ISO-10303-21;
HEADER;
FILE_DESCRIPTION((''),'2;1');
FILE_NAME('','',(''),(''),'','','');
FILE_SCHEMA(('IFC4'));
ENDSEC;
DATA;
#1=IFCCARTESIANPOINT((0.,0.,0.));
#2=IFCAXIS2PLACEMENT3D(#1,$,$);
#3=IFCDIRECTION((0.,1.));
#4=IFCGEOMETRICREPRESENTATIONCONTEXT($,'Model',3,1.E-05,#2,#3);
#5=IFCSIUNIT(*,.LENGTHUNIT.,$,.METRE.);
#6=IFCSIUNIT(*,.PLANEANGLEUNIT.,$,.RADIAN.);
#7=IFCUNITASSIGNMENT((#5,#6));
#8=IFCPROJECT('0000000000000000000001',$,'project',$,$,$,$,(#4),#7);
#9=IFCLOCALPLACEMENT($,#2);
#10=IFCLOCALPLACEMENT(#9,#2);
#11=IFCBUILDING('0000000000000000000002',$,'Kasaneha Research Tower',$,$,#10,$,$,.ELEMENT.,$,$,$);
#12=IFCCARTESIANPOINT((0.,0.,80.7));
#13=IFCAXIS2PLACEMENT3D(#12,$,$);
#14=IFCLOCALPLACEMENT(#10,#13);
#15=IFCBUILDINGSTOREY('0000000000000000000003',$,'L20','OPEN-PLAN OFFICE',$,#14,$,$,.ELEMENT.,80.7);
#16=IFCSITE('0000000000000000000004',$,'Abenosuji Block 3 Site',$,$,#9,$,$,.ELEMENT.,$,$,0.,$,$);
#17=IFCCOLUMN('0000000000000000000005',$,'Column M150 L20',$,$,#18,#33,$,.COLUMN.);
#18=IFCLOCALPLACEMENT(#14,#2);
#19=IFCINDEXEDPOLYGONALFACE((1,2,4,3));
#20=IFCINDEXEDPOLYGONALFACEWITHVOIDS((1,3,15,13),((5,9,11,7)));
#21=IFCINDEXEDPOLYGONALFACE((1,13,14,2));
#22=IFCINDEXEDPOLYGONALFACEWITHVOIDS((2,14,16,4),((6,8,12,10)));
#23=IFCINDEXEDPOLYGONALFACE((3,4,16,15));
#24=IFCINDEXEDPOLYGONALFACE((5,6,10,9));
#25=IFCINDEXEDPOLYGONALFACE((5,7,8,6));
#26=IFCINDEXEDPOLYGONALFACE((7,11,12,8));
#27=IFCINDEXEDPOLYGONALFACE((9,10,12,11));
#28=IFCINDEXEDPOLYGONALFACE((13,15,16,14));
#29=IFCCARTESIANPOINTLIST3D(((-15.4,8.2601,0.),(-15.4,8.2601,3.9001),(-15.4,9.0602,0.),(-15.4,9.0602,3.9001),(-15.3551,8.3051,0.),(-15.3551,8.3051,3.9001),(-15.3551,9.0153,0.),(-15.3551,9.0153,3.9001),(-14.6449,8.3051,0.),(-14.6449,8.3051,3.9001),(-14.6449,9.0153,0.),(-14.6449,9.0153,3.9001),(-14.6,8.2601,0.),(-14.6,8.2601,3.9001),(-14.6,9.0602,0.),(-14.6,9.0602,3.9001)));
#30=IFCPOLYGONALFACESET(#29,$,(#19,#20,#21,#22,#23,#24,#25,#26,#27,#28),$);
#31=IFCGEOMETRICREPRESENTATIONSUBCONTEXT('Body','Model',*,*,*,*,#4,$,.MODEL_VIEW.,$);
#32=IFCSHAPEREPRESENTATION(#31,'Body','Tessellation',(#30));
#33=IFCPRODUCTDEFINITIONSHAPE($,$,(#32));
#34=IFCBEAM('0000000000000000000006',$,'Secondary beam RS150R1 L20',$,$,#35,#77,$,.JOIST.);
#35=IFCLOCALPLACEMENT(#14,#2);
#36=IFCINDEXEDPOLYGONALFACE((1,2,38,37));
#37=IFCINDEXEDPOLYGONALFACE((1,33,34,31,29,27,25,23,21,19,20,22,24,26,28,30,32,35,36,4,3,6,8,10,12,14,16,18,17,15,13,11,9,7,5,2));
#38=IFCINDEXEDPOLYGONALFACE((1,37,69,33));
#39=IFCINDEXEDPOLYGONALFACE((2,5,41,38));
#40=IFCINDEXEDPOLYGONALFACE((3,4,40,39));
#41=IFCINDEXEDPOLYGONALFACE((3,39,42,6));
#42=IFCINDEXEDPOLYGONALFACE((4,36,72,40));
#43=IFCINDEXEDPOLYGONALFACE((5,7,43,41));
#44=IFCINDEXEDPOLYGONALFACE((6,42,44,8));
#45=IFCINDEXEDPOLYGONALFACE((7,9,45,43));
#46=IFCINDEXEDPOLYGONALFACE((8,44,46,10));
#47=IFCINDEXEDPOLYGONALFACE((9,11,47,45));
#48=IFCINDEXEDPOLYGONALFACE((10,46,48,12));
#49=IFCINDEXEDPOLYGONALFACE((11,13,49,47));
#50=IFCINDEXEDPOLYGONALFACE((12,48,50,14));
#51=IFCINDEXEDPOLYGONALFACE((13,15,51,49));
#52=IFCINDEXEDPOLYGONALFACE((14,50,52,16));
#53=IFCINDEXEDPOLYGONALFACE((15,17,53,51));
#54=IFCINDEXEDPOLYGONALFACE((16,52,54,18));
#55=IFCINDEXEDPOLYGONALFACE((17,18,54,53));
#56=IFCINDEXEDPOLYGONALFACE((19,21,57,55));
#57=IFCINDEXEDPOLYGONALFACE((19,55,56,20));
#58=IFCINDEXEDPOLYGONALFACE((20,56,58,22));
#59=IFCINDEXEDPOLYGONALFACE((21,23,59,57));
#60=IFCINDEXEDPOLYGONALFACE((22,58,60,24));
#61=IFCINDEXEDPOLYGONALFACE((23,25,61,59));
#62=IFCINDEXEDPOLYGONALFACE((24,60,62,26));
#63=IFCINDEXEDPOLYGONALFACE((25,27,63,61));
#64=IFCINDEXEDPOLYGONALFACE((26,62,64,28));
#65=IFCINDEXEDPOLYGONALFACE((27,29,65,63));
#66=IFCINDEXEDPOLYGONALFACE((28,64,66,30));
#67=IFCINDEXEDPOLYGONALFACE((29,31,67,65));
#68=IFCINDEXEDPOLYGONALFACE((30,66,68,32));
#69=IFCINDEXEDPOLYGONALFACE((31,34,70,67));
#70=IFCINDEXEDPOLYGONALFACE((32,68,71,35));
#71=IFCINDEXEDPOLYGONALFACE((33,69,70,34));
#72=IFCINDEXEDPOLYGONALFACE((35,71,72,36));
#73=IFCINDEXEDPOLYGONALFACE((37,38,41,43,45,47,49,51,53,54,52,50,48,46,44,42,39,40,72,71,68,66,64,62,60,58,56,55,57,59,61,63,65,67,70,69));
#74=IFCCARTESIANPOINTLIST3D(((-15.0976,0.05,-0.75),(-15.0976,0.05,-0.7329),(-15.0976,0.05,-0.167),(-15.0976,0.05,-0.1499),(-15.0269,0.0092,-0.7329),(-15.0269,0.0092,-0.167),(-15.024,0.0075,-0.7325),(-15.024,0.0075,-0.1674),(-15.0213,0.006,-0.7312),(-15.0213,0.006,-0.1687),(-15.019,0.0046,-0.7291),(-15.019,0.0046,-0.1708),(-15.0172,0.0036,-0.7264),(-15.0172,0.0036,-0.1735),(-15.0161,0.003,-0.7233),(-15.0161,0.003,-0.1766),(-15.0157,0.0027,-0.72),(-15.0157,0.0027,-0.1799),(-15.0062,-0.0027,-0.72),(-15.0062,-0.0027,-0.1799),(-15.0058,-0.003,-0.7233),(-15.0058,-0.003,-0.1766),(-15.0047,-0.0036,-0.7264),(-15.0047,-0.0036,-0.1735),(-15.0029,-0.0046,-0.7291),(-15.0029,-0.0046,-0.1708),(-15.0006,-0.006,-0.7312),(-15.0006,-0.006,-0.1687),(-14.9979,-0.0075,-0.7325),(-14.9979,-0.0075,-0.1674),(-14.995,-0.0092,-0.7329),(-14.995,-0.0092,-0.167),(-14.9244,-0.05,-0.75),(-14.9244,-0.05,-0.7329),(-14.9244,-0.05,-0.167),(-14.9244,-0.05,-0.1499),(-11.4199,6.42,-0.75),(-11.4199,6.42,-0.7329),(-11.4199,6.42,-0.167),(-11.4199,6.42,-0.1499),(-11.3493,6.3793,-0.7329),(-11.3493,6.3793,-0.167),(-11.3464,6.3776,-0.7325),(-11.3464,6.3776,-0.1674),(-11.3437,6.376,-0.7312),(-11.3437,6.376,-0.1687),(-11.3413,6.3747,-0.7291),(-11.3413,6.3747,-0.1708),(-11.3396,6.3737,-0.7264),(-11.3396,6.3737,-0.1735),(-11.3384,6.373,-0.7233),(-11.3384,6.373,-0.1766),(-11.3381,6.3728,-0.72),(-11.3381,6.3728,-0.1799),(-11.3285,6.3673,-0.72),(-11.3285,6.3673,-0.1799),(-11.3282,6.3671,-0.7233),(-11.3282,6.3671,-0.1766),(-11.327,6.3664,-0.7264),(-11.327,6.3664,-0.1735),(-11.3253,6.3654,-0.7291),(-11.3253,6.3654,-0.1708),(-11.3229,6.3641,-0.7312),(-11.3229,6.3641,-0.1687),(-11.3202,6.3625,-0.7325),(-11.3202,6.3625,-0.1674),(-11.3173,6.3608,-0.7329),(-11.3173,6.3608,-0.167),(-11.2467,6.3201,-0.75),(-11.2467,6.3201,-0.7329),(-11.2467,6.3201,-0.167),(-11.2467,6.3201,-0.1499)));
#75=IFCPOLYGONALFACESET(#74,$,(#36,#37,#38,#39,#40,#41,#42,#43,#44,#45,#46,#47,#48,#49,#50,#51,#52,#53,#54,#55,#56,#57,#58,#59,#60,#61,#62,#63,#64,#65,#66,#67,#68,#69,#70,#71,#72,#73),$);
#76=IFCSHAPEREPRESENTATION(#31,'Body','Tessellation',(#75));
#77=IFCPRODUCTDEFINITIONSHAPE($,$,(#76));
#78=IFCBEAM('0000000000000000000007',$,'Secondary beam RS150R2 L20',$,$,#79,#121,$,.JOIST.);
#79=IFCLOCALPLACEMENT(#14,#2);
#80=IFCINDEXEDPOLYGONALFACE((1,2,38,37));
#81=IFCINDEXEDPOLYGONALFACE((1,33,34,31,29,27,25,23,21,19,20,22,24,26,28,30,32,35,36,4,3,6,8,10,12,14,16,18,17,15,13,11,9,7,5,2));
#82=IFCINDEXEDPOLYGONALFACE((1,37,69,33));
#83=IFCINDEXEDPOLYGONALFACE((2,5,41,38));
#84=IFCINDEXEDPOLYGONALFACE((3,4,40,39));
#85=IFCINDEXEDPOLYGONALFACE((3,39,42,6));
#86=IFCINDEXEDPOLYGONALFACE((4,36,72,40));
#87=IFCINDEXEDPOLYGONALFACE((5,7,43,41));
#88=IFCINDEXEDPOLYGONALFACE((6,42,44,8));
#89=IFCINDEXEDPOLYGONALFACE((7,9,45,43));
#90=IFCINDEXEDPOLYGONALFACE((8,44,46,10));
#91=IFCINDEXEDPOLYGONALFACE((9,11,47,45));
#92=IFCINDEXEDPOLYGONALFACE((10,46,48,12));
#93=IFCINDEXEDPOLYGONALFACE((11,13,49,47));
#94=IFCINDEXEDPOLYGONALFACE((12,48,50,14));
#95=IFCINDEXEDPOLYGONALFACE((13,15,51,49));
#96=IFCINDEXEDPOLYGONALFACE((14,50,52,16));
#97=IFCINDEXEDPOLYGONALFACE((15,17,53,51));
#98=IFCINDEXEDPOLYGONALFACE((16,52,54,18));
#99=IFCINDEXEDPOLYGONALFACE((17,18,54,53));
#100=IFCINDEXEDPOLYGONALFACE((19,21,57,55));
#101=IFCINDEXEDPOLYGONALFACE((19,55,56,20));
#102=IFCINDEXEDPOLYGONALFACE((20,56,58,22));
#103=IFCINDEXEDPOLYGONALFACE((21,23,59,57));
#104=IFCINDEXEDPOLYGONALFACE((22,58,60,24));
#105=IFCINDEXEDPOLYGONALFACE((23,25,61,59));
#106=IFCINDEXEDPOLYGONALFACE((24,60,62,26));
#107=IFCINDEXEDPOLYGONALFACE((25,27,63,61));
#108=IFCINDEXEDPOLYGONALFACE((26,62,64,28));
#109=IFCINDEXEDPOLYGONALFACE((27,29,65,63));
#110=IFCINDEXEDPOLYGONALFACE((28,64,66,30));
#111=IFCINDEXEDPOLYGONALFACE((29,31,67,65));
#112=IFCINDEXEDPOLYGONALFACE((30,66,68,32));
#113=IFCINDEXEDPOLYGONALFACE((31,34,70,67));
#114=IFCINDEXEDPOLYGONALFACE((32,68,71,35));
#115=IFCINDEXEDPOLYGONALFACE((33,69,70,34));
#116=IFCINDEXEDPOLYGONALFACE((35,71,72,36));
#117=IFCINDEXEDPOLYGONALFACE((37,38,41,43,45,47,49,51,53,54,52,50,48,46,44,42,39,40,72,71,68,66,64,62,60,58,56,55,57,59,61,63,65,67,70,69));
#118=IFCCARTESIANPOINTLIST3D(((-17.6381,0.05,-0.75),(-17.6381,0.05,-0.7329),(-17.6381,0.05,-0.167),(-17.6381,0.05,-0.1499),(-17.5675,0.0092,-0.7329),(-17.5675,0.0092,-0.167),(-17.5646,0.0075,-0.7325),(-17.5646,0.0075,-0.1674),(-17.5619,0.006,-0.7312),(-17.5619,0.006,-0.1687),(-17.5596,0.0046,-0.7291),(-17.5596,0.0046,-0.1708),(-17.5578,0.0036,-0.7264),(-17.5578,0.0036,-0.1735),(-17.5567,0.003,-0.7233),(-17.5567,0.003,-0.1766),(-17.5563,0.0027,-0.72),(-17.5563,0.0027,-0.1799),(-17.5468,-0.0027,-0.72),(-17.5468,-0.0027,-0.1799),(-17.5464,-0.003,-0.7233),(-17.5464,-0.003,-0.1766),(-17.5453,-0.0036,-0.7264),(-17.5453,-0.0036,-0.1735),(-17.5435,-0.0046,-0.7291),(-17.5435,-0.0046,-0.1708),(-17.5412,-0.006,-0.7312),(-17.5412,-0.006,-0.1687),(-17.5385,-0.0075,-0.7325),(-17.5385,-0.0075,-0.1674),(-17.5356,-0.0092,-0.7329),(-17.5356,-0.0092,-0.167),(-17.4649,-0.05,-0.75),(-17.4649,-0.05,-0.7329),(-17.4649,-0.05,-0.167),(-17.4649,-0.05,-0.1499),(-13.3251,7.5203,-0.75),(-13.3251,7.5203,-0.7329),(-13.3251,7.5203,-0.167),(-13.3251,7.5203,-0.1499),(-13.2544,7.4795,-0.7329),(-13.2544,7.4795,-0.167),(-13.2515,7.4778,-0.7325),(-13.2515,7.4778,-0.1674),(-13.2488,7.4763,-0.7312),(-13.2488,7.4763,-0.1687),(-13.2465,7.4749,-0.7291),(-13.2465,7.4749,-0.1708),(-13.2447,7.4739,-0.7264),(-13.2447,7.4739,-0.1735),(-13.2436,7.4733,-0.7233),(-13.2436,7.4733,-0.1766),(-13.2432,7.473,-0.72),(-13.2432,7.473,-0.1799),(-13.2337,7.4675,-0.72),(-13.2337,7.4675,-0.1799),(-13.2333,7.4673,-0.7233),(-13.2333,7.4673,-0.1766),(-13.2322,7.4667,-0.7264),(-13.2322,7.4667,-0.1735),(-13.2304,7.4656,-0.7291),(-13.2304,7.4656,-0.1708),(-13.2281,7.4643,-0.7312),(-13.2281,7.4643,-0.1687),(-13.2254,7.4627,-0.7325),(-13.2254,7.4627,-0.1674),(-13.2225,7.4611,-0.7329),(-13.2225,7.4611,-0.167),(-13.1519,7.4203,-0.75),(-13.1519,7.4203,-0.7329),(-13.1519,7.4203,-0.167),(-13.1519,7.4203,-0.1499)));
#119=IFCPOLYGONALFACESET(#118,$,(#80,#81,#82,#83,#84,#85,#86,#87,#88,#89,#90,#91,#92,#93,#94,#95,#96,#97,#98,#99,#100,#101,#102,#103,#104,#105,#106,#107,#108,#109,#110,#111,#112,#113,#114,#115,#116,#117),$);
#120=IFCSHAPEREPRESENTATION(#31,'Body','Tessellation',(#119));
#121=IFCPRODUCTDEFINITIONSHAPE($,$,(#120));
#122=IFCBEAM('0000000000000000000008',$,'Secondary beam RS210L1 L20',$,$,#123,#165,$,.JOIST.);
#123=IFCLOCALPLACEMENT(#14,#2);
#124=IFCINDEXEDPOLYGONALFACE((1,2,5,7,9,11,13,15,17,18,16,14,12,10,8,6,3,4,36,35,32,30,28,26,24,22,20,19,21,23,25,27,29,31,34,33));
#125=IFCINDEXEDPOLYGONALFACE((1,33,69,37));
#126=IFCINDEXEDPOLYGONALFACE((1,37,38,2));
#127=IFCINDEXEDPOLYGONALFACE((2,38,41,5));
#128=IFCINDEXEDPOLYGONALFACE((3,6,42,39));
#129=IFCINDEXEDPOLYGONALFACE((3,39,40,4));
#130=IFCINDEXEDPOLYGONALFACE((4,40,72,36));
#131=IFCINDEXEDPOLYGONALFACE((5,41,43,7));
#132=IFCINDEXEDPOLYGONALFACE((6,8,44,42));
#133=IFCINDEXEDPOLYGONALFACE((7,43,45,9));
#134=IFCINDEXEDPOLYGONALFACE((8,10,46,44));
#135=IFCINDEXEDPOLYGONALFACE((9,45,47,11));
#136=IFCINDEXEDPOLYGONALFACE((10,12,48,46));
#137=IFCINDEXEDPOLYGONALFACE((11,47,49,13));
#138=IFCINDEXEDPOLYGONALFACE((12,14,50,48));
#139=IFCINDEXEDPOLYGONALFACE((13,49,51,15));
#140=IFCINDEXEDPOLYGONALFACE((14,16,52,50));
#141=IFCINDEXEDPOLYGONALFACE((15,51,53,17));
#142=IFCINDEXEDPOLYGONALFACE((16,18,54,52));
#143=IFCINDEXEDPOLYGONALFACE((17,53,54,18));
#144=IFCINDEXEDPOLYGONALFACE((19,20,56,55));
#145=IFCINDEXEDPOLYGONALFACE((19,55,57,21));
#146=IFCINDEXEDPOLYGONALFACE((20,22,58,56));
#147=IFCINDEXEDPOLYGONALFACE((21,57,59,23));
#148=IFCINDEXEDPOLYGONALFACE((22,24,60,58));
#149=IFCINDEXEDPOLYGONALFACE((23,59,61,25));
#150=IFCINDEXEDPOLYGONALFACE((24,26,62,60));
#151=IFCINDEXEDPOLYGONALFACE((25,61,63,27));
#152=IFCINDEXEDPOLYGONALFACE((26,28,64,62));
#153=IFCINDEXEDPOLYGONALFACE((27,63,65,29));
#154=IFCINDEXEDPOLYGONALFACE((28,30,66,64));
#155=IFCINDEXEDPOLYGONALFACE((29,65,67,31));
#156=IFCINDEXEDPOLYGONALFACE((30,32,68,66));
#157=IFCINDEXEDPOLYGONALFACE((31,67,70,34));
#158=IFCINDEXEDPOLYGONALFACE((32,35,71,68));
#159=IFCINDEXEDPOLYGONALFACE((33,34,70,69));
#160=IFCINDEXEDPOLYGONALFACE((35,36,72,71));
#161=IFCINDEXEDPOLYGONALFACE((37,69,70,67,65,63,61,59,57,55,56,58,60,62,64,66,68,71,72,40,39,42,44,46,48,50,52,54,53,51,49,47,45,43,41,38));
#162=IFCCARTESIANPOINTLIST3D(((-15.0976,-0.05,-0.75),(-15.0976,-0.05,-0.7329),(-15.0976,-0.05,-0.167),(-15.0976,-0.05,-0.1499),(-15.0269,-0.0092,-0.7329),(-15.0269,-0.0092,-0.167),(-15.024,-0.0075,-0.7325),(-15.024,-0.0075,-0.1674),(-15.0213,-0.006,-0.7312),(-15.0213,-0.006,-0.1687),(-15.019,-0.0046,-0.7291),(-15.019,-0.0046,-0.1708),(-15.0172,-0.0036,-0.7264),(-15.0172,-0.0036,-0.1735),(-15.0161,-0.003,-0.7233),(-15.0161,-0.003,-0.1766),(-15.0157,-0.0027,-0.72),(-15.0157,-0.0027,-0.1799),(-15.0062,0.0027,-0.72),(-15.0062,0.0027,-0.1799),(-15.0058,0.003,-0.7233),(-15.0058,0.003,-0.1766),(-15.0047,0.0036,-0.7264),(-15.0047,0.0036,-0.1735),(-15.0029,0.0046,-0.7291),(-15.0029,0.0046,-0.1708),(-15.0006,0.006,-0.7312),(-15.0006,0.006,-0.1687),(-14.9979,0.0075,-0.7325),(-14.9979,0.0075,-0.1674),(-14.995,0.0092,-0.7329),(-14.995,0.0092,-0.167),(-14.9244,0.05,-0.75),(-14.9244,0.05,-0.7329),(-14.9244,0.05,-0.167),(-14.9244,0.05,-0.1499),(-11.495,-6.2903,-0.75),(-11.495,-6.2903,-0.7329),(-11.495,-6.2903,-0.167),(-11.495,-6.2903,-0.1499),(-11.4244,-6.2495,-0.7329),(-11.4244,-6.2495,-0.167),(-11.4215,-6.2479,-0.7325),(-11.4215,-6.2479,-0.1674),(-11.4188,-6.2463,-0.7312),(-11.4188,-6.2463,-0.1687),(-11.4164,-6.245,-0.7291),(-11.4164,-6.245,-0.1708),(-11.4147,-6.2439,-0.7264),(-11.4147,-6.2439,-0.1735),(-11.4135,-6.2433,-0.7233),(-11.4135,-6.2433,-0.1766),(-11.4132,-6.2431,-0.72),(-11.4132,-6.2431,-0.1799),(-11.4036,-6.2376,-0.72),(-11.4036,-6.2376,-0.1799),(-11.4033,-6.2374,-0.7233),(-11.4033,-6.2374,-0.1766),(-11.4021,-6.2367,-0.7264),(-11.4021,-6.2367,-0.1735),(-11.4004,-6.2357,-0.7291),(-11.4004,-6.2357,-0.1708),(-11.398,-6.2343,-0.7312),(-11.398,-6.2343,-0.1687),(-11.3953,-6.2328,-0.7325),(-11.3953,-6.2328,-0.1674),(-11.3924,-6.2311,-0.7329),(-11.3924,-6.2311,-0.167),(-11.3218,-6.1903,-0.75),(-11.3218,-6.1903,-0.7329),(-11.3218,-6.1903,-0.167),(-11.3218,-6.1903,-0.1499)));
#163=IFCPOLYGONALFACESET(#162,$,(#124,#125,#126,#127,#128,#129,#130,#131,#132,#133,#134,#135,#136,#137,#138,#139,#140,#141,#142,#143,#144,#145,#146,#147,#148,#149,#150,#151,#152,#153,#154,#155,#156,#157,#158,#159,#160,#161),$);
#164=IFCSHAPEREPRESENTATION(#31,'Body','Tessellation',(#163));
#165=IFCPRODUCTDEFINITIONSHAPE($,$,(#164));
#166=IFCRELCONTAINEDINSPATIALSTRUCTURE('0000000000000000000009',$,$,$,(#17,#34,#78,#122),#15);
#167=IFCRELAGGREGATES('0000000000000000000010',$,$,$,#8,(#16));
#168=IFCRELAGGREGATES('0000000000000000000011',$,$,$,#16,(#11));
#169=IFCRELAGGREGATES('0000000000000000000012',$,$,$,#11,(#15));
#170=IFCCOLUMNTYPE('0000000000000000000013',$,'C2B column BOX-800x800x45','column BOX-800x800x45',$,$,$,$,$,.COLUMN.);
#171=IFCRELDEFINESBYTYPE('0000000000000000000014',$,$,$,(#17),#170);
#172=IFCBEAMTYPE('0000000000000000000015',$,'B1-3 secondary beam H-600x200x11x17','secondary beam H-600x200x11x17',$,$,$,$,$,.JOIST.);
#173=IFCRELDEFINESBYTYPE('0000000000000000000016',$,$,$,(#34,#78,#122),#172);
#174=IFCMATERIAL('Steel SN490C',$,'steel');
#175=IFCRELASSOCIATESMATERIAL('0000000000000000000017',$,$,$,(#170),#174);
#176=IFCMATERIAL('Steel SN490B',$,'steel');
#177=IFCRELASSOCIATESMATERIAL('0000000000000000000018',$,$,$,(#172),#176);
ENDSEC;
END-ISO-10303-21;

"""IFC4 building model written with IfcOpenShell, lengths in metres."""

from ifc_helpers import new_model, si_unit, direction, frame, origin, origin_2d, place, context, subcontext, project, spatial, hollow_rectangle, i_section, extrude, material, material_profile, profile_set, type_object, element, save


model = new_model("IFC4")

# Units and contexts
model_context = context("Model", 3, precision=1e-05, world=origin(), true_north=direction((0.0, 1.0)))
body_context = subcontext(model_context, "Body", "Model", "MODEL_VIEW")
ifc_project = project(units=[si_unit("LENGTHUNIT", "METRE"), si_unit("PLANEANGLEUNIT", "RADIAN")], contexts=[model_context])

# Site, building, storey
site_placement = place(None, origin())
site = spatial("IfcSite", under=ifc_project, at=site_placement, Name="Abenosuji Block 3 Site", CompositionType="ELEMENT", RefElevation=0.0)
building_placement = place(site_placement, origin())
building = spatial("IfcBuilding", under=site, at=building_placement, Name="Kasaneha Research Tower", CompositionType="ELEMENT")
storey_placement = place(building_placement, frame((0.0, 0.0, 80.7)))
storey = spatial("IfcBuildingStorey", under=building, at=storey_placement, Name="L20", Description="OPEN-PLAN OFFICE", CompositionType="ELEMENT", Elevation=80.7)

# Column
ifc_material_1 = material(Name="Steel SN490C", Category="steel")
ifc_material_profile_1 = material_profile(ifc_material_1, hollow_rectangle(XDim=0.8, YDim=0.8, WallThickness=0.0449, at=origin_2d()), Name="BOX-800x800x45")
ifc_profile_set_1 = profile_set([ifc_material_profile_1], Name="Steel SN490C")
column_type = type_object("IfcColumnType", Name="C2B column BOX-800x800x45", Description="column BOX-800x800x45", PredefinedType="COLUMN", material=ifc_profile_set_1)
column_placement = place(storey_placement, frame((-15.0, 8.6602, 0.0), z_axis=(0.0, 0.0, 1.0), x_axis=(1.0, 0.0, 0.0)))
element("IfcColumn", 1, at=column_placement, inside=storey, type_object=column_type, Name="Column M150 L20", PredefinedType="COLUMN", context=body_context, shape_type="SweptSolid", body=[
    extrude(hollow_rectangle(XDim=0.8, YDim=0.8, WallThickness=0.0449, at=origin_2d()), origin(), (0.0, 0.0, 1.0), 3.9001),
])

# Beams
ifc_material_2 = material(Name="Steel SN490B", Category="steel")
ifc_material_profile_2 = material_profile(ifc_material_2, i_section(OverallWidth=0.2, OverallDepth=0.6001, WebThickness=0.011, FlangeThickness=0.0171, FilletRadius=0.0129, at=origin_2d()), Name="H-600x200x11x17")
ifc_profile_set_2 = profile_set([ifc_material_profile_2], Name="Steel SN490B")
beam_type_1 = type_object("IfcBeamType", Name="B1-3 secondary beam H-600x200x11x17", Description="secondary beam H-600x200x11x17", PredefinedType="JOIST", material=ifc_profile_set_2)
beam_1_placement = place(storey_placement, frame((-15.011, 0.0, -0.45), z_axis=(0.499994, 0.866029, 0.0), x_axis=(-0.866029, 0.499994, 0.0)))
element("IfcBeam", 2, at=beam_1_placement, inside=storey, type_object=beam_type_1, Name="Secondary beam RS150R1 L20", PredefinedType="JOIST", context=body_context, shape_type="SweptSolid", body=[
    extrude(i_section(OverallWidth=0.2, OverallDepth=0.6001, WebThickness=0.011, FlangeThickness=0.0171, FilletRadius=0.0129, at=origin_2d()), origin(), (0.0, 0.0, 1.0), 7.3555),
])
beam_2_placement = place(storey_placement, frame((-17.5515, 0.0, -0.45), z_axis=(0.500005, 0.866023, 0.0), x_axis=(-0.866023, 0.500005, 0.0)))
element("IfcBeam", 3, at=beam_2_placement, inside=storey, type_object=beam_type_1, Name="Secondary beam RS150R2 L20", PredefinedType="JOIST", context=body_context, shape_type="SweptSolid", body=[
    extrude(i_section(OverallWidth=0.2, OverallDepth=0.6001, WebThickness=0.011, FlangeThickness=0.0171, FilletRadius=0.0129, at=origin_2d()), origin(), (0.0, 0.0, 1.0), 8.626),
])
beam_3_placement = place(storey_placement, frame((-15.011, 0.0, -0.45), z_axis=(0.499973, -0.866041, 0.0), x_axis=(0.866041, 0.499973, 0.0)))
element("IfcBeam", 4, at=beam_3_placement, inside=storey, type_object=beam_type_1, Name="Secondary beam RS210L1 L20", PredefinedType="JOIST", context=body_context, shape_type="SweptSolid", body=[
    extrude(i_section(OverallWidth=0.2, OverallDepth=0.6001, WebThickness=0.011, FlangeThickness=0.0171, FilletRadius=0.0129, at=origin_2d()), origin(), (0.0, 0.0, 1.0), 7.2056),
])

save(model, "model.ifc")
